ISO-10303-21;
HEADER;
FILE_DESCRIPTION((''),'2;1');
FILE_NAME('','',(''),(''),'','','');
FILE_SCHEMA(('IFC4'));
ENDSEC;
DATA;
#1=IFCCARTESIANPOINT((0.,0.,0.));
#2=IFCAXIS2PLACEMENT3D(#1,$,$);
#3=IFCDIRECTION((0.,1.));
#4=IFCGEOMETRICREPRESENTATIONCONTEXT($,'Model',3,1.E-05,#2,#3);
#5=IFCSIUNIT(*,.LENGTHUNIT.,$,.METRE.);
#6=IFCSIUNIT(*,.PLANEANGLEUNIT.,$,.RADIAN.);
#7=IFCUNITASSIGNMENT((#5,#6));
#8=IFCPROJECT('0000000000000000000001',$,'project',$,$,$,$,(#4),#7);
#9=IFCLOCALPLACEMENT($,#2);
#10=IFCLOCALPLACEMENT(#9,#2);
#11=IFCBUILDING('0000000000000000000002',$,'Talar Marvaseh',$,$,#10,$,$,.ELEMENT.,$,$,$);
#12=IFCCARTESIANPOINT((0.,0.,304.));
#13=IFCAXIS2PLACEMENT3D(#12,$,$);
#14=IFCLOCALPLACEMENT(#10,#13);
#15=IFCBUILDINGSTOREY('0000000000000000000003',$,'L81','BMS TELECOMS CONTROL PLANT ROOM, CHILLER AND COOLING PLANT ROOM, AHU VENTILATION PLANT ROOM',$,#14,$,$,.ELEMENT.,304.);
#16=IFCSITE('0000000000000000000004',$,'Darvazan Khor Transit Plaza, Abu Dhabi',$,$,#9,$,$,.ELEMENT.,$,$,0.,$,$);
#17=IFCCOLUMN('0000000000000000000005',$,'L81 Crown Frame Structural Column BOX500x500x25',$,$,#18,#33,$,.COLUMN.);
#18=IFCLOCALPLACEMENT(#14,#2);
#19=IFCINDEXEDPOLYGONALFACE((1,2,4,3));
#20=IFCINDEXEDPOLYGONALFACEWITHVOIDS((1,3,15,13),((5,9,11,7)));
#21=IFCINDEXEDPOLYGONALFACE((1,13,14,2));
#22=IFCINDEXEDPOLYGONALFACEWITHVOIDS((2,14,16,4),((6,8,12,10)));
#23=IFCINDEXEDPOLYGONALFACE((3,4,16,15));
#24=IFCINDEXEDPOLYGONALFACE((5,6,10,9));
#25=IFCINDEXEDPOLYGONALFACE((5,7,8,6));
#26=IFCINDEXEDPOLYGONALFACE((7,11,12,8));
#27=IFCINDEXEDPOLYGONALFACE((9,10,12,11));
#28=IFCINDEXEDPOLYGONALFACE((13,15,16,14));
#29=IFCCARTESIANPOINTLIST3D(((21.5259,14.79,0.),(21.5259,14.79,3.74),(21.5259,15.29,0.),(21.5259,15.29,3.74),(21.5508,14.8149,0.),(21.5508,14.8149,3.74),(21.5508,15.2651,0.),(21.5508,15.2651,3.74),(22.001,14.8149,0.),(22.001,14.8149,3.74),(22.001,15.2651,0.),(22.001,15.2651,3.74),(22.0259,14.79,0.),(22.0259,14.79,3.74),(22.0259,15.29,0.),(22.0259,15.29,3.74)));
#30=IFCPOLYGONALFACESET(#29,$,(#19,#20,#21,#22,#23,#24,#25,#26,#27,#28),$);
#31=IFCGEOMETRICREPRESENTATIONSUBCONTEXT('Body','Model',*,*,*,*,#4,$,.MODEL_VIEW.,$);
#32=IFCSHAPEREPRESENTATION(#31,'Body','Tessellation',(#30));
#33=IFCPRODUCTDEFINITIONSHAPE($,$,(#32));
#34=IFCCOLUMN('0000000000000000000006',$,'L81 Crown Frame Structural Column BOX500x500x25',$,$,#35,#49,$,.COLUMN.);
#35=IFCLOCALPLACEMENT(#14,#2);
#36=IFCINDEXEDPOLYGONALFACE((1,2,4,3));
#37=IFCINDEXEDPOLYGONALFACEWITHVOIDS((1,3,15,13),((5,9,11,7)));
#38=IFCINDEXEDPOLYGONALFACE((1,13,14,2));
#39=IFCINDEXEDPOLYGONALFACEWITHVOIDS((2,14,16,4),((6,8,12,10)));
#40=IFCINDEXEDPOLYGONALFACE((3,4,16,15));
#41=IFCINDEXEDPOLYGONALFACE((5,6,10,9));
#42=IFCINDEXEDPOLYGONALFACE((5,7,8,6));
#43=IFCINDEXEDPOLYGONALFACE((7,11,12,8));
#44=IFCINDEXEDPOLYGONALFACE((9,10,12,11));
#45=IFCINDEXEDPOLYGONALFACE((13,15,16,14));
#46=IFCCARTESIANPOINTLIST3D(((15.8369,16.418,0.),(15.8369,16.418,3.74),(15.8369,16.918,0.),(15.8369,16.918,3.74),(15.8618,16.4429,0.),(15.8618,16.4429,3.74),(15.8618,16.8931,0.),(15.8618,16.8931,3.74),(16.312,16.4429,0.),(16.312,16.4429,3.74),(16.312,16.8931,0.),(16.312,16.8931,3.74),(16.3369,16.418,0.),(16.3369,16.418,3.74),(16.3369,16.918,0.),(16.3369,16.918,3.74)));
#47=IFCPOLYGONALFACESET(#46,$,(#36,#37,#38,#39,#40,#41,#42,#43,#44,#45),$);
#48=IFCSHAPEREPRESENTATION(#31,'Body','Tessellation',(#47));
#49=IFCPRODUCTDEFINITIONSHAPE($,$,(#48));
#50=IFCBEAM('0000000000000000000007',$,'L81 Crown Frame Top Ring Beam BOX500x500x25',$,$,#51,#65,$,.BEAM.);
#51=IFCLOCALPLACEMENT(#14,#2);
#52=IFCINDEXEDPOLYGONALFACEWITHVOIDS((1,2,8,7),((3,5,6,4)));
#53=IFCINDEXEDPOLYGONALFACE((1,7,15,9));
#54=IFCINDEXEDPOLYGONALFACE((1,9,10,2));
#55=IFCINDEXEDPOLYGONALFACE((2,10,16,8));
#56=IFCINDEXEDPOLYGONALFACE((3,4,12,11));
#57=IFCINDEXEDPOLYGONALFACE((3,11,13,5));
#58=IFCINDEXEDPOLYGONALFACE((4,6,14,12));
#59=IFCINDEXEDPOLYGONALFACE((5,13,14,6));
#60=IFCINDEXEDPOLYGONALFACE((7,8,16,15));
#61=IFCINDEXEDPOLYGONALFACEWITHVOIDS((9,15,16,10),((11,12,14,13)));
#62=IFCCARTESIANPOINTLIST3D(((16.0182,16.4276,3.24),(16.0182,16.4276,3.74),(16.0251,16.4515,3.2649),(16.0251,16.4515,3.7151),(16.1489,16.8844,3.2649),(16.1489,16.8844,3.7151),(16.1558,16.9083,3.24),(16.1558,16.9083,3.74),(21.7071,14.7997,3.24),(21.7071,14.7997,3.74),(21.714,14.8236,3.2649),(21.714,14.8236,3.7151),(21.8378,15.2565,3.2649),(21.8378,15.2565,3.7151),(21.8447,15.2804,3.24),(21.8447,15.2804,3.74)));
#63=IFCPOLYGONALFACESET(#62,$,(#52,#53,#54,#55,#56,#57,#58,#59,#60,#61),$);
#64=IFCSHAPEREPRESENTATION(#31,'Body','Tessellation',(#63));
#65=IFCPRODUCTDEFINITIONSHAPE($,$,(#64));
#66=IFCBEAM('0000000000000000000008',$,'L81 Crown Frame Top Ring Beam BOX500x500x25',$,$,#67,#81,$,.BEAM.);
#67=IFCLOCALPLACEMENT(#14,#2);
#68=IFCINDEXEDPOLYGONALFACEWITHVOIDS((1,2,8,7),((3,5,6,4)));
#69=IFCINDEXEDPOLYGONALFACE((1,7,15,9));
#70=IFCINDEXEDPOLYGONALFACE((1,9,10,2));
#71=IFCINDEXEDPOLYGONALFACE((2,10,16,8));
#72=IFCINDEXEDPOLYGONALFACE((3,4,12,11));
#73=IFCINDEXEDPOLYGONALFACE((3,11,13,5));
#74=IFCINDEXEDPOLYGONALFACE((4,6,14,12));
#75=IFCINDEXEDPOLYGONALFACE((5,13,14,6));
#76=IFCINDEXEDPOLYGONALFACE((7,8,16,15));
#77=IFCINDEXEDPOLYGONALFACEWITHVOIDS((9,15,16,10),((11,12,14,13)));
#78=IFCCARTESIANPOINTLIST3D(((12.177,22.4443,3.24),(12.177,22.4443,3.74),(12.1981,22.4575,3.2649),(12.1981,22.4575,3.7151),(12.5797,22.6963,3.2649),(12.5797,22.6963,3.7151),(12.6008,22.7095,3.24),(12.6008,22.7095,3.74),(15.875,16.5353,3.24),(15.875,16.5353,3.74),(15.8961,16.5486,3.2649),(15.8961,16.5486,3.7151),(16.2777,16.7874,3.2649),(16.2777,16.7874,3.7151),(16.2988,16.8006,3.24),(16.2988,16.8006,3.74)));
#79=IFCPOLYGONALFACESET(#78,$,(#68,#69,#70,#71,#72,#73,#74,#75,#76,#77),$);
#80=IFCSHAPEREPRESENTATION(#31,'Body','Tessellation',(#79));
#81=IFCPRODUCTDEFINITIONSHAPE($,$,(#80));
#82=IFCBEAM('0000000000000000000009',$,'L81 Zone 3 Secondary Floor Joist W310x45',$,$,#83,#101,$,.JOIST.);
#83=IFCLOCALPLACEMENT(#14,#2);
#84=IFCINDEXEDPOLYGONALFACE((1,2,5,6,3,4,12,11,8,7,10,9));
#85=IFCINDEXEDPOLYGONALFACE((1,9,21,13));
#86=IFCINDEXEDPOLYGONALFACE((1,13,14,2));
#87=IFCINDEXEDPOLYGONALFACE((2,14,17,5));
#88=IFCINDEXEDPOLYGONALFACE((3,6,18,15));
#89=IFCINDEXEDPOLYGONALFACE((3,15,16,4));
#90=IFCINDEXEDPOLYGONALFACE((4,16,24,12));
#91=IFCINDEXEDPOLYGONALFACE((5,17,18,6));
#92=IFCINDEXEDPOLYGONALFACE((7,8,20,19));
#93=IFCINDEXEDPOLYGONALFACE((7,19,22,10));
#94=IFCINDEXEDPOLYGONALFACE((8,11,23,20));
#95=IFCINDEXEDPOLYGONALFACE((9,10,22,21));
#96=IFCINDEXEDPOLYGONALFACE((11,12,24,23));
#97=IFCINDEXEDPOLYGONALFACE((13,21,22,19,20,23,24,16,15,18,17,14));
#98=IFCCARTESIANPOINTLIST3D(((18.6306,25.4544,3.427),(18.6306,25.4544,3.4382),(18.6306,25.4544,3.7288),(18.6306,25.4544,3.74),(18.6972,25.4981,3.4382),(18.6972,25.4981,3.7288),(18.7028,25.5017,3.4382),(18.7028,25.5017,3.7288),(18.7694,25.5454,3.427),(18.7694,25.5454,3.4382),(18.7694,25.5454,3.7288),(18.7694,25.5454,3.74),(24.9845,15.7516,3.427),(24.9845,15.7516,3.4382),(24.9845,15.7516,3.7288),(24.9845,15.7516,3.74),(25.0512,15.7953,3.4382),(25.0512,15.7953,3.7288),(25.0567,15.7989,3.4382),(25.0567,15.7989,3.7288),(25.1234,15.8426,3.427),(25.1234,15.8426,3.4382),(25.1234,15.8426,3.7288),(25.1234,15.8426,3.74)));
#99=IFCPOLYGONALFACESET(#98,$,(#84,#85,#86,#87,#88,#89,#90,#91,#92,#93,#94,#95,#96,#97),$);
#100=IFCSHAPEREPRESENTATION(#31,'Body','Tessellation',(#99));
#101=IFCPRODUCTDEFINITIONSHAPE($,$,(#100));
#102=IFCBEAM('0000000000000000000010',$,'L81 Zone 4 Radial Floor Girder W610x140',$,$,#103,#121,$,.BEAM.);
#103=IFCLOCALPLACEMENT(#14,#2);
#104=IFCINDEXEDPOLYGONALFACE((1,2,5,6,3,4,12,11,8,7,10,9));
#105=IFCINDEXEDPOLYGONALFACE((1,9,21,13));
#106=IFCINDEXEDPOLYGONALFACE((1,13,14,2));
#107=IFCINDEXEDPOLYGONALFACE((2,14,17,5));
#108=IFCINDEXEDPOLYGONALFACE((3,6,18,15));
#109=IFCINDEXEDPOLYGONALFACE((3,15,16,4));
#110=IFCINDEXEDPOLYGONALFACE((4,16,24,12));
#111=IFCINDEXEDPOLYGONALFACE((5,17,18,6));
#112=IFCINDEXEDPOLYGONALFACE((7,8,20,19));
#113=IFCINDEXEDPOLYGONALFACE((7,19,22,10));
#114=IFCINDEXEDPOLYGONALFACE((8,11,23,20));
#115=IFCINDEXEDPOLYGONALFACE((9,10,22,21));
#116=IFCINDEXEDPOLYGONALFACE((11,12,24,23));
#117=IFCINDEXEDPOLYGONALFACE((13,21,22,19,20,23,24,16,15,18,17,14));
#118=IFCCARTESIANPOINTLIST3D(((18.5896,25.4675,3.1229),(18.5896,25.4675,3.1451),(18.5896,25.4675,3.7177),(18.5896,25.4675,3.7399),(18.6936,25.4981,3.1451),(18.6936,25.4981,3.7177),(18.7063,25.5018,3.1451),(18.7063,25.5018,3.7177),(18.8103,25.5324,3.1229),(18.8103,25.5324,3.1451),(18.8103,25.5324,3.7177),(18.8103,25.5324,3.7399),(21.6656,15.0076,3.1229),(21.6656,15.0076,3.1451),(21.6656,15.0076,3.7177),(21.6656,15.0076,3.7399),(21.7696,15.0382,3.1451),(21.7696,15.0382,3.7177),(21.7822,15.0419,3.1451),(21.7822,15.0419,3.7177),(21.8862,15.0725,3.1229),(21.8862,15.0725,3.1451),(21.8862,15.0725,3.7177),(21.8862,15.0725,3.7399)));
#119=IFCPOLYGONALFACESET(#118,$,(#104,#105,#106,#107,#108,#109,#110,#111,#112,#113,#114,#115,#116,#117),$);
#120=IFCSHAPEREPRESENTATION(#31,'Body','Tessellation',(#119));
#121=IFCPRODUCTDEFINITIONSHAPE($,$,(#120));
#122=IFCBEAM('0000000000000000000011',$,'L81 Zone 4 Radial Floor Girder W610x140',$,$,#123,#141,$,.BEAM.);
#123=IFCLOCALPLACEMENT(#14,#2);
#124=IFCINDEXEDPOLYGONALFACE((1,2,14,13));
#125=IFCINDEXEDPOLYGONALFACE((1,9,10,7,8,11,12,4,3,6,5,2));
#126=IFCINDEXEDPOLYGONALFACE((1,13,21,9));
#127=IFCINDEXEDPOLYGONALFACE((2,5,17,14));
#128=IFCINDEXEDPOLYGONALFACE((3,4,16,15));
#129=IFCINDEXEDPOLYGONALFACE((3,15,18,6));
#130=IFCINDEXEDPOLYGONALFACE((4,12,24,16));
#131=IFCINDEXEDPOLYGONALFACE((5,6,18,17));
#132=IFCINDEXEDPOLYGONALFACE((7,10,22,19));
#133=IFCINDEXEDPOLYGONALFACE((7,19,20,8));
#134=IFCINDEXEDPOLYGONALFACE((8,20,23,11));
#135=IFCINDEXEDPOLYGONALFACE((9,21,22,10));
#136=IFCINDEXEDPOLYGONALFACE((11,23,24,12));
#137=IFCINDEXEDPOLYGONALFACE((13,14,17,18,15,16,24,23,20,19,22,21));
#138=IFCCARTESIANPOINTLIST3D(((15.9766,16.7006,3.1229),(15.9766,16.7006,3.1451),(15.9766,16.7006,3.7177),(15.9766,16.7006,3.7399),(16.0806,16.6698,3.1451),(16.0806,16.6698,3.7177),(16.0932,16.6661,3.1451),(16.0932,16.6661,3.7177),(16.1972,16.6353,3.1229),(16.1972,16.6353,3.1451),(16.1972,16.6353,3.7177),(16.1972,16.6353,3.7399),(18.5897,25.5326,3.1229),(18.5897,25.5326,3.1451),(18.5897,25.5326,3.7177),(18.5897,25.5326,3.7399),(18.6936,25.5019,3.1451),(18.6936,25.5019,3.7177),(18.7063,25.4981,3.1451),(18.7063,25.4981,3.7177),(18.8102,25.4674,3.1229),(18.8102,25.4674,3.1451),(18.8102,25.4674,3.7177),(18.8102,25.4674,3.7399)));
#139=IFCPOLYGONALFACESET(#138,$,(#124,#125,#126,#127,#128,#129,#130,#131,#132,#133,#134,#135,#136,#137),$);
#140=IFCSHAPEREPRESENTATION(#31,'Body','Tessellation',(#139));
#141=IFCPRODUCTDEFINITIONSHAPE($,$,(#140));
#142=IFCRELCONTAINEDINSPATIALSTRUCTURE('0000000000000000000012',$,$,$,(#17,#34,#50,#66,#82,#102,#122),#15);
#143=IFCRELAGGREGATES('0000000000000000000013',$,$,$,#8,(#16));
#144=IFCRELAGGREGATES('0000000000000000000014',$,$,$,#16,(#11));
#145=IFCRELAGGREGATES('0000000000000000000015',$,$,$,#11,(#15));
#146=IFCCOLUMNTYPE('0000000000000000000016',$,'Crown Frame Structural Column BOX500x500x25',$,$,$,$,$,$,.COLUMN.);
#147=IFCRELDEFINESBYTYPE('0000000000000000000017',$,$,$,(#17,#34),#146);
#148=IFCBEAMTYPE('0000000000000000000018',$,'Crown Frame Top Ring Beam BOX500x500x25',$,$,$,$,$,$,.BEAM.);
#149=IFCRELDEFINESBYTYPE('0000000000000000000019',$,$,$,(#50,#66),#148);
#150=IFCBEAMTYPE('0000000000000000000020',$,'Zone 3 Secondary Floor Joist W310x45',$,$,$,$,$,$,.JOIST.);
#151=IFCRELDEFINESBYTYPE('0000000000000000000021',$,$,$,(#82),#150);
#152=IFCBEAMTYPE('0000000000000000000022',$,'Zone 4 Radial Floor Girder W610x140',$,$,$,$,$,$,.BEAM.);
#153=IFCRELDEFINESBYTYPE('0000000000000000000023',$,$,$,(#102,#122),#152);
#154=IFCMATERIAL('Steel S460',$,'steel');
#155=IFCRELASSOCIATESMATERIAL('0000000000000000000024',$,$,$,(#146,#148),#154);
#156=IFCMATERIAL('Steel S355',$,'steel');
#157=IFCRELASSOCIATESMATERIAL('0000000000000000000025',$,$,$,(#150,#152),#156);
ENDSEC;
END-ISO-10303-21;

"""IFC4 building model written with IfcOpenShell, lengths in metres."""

from ifc_helpers import new_model, si_unit, direction, frame, origin, origin_2d, place, context, subcontext, project, spatial, hollow_rectangle, i_section, extrude, material, material_profile, profile_set, type_object, element, save


model = new_model("IFC4")

# Units and contexts
model_context = context("Model", 3, precision=1e-05, world=origin(), true_north=direction((0.0, 1.0)))
body_context = subcontext(model_context, "Body", "Model", "MODEL_VIEW")
ifc_project = project(units=[si_unit("LENGTHUNIT", "METRE"), si_unit("PLANEANGLEUNIT", "RADIAN")], contexts=[model_context])

# Site, building, storey
site_placement = place(None, origin())
site = spatial("IfcSite", under=ifc_project, at=site_placement, Name="Darvazan Khor Transit Plaza, Abu Dhabi", CompositionType="ELEMENT", RefElevation=0.0)
building_placement = place(site_placement, origin())
building = spatial("IfcBuilding", under=site, at=building_placement, Name="Talar Marvaseh", CompositionType="ELEMENT")
storey_placement = place(building_placement, frame((0.0, 0.0, 304.0)))
storey = spatial("IfcBuildingStorey", under=building, at=storey_placement, Name="L81", Description="BMS TELECOMS CONTROL PLANT ROOM, CHILLER AND COOLING PLANT ROOM, AHU VENTILATION PLANT ROOM", CompositionType="ELEMENT", Elevation=304.0)

# Columns
ifc_material_1 = material(Name="Steel S460", Category="steel")
ifc_material_profile_1 = material_profile(ifc_material_1, hollow_rectangle(XDim=0.5, YDim=0.5, WallThickness=0.0249, at=origin_2d()), Name="BOX500x500x25")
ifc_profile_set_1 = profile_set([ifc_material_profile_1], Name="Steel S460")
column_type = type_object("IfcColumnType", Name="Crown Frame Structural Column BOX500x500x25", PredefinedType="COLUMN", material=ifc_profile_set_1)
for number, where, z_axis, x_axis, name in (
    (1, (21.7759, 15.04, 0.0), (0.0, 0.0, 1.0), (1.0, 0.0, 0.0), "L81 Crown Frame Structural Column BOX500x500x25"),
    (2, (16.0869, 16.668, 0.0), (0.0, 0.0, 1.0), (1.0, 0.0, 0.0), "L81 Crown Frame Structural Column BOX500x500x25"),
):
    element("IfcColumn", number, at=place(storey_placement, frame(where, z_axis=z_axis, x_axis=x_axis)), inside=storey, type_object=column_type, Name=name, PredefinedType="COLUMN", context=body_context, shape_type="SweptSolid", body=[
        extrude(hollow_rectangle(XDim=0.5, YDim=0.5, WallThickness=0.0249, at=origin_2d()), origin(), (0.0, 0.0, 1.0), 3.74),
    ])

# Beams
ifc_material_profile_2 = material_profile(ifc_material_1, hollow_rectangle(XDim=0.5, YDim=0.5, WallThickness=0.0249, at=origin_2d()), Name="BOX500x500x25")
ifc_profile_set_2 = profile_set([ifc_material_profile_2], Name="Steel S460")
beam_type_1 = type_object("IfcBeamType", Name="Crown Frame Top Ring Beam BOX500x500x25", PredefinedType="BEAM", material=ifc_profile_set_2)
beam_1_placement = place(storey_placement, frame((21.7759, 15.04, 3.49), z_axis=(-0.961412, 0.275113, 0.0), x_axis=(-0.275113, -0.961412, 0.0)))
element("IfcBeam", 3, at=beam_1_placement, inside=storey, type_object=beam_type_1, Name="L81 Crown Frame Top Ring Beam BOX500x500x25", PredefinedType="BEAM", context=body_context, shape_type="SweptSolid", body=[
    extrude(hollow_rectangle(XDim=0.5, YDim=0.5, WallThickness=0.0249, at=origin_2d()), origin(), (0.0, 0.0, 1.0), 5.9172),
])
beam_2_placement = place(storey_placement, frame((16.0869, 16.668, 3.49), z_axis=(-0.530506, 0.847681, 0.0), x_axis=(-0.847681, -0.530506, 0.0)))
element("IfcBeam", 4, at=beam_2_placement, inside=storey, type_object=beam_type_1, Name="L81 Crown Frame Top Ring Beam BOX500x500x25", PredefinedType="BEAM", context=body_context, shape_type="SweptSolid", body=[
    extrude(hollow_rectangle(XDim=0.5, YDim=0.5, WallThickness=0.0249, at=origin_2d()), origin(), (0.0, 0.0, 1.0), 6.9707),
])
ifc_material_2 = material(Name="Steel S355", Category="steel")
ifc_material_profile_3 = material_profile(ifc_material_2, i_section(OverallWidth=0.166, OverallDepth=0.313, WebThickness=0.0066, FlangeThickness=0.0112, at=origin_2d()), Name="W310x45")
ifc_profile_set_3 = profile_set([ifc_material_profile_3], Name="Steel S355")
beam_type_2 = type_object("IfcBeamType", Name="Zone 3 Secondary Floor Joist W310x45", PredefinedType="JOIST", material=ifc_profile_set_3)
beam_3_placement = place(storey_placement, frame((25.054, 15.7971, 3.5835), z_axis=(-0.547842, 0.836582, 0.0), x_axis=(-0.836582, -0.547842, 0.0)))
element("IfcBeam", 5, at=beam_3_placement, inside=storey, type_object=beam_type_2, Name="L81 Zone 3 Secondary Floor Joist W310x45", PredefinedType="JOIST", context=body_context, shape_type="SweptSolid", body=[
    extrude(i_section(OverallWidth=0.166, OverallDepth=0.313, WebThickness=0.0066, FlangeThickness=0.0112, at=origin_2d()), origin(), (0.0, 0.0, 1.0), 11.5981),
])
ifc_material_profile_4 = material_profile(ifc_material_2, i_section(OverallWidth=0.23, OverallDepth=0.6169, WebThickness=0.0132, FlangeThickness=0.0222, at=origin_2d()), Name="W610x140")
ifc_profile_set_4 = profile_set([ifc_material_profile_4], Name="Steel S355")
beam_type_3 = type_object("IfcBeamType", Name="Zone 4 Radial Floor Girder W610x140", PredefinedType="BEAM", material=ifc_profile_set_4)
beam_4_placement = place(storey_placement, frame((21.7759, 15.04, 3.4314), z_axis=(-0.282121, 0.959379, 0.0), x_axis=(-0.959379, -0.282121, 0.0)))
element("IfcBeam", 6, at=beam_4_placement, inside=storey, type_object=beam_type_3, Name="L81 Zone 4 Radial Floor Girder W610x140", PredefinedType="BEAM", context=body_context, shape_type="SweptSolid", body=[
    extrude(i_section(OverallWidth=0.23, OverallDepth=0.6169, WebThickness=0.0132, FlangeThickness=0.0222, at=origin_2d()), origin(), (0.0, 0.0, 1.0), 10.9028),
])
beam_5_placement = place(storey_placement, frame((16.0869, 16.668, 3.4314), z_axis=(0.283703, 0.958912, 0.0), x_axis=(-0.958912, 0.283703, 0.0)))
element("IfcBeam", 7, at=beam_5_placement, inside=storey, type_object=beam_type_3, Name="L81 Zone 4 Radial Floor Girder W610x140", PredefinedType="BEAM", context=body_context, shape_type="SweptSolid", body=[
    extrude(i_section(OverallWidth=0.23, OverallDepth=0.6169, WebThickness=0.0132, FlangeThickness=0.0222, at=origin_2d()), origin(), (0.0, 0.0, 1.0), 9.2104),
])

save(model, "model.ifc")
